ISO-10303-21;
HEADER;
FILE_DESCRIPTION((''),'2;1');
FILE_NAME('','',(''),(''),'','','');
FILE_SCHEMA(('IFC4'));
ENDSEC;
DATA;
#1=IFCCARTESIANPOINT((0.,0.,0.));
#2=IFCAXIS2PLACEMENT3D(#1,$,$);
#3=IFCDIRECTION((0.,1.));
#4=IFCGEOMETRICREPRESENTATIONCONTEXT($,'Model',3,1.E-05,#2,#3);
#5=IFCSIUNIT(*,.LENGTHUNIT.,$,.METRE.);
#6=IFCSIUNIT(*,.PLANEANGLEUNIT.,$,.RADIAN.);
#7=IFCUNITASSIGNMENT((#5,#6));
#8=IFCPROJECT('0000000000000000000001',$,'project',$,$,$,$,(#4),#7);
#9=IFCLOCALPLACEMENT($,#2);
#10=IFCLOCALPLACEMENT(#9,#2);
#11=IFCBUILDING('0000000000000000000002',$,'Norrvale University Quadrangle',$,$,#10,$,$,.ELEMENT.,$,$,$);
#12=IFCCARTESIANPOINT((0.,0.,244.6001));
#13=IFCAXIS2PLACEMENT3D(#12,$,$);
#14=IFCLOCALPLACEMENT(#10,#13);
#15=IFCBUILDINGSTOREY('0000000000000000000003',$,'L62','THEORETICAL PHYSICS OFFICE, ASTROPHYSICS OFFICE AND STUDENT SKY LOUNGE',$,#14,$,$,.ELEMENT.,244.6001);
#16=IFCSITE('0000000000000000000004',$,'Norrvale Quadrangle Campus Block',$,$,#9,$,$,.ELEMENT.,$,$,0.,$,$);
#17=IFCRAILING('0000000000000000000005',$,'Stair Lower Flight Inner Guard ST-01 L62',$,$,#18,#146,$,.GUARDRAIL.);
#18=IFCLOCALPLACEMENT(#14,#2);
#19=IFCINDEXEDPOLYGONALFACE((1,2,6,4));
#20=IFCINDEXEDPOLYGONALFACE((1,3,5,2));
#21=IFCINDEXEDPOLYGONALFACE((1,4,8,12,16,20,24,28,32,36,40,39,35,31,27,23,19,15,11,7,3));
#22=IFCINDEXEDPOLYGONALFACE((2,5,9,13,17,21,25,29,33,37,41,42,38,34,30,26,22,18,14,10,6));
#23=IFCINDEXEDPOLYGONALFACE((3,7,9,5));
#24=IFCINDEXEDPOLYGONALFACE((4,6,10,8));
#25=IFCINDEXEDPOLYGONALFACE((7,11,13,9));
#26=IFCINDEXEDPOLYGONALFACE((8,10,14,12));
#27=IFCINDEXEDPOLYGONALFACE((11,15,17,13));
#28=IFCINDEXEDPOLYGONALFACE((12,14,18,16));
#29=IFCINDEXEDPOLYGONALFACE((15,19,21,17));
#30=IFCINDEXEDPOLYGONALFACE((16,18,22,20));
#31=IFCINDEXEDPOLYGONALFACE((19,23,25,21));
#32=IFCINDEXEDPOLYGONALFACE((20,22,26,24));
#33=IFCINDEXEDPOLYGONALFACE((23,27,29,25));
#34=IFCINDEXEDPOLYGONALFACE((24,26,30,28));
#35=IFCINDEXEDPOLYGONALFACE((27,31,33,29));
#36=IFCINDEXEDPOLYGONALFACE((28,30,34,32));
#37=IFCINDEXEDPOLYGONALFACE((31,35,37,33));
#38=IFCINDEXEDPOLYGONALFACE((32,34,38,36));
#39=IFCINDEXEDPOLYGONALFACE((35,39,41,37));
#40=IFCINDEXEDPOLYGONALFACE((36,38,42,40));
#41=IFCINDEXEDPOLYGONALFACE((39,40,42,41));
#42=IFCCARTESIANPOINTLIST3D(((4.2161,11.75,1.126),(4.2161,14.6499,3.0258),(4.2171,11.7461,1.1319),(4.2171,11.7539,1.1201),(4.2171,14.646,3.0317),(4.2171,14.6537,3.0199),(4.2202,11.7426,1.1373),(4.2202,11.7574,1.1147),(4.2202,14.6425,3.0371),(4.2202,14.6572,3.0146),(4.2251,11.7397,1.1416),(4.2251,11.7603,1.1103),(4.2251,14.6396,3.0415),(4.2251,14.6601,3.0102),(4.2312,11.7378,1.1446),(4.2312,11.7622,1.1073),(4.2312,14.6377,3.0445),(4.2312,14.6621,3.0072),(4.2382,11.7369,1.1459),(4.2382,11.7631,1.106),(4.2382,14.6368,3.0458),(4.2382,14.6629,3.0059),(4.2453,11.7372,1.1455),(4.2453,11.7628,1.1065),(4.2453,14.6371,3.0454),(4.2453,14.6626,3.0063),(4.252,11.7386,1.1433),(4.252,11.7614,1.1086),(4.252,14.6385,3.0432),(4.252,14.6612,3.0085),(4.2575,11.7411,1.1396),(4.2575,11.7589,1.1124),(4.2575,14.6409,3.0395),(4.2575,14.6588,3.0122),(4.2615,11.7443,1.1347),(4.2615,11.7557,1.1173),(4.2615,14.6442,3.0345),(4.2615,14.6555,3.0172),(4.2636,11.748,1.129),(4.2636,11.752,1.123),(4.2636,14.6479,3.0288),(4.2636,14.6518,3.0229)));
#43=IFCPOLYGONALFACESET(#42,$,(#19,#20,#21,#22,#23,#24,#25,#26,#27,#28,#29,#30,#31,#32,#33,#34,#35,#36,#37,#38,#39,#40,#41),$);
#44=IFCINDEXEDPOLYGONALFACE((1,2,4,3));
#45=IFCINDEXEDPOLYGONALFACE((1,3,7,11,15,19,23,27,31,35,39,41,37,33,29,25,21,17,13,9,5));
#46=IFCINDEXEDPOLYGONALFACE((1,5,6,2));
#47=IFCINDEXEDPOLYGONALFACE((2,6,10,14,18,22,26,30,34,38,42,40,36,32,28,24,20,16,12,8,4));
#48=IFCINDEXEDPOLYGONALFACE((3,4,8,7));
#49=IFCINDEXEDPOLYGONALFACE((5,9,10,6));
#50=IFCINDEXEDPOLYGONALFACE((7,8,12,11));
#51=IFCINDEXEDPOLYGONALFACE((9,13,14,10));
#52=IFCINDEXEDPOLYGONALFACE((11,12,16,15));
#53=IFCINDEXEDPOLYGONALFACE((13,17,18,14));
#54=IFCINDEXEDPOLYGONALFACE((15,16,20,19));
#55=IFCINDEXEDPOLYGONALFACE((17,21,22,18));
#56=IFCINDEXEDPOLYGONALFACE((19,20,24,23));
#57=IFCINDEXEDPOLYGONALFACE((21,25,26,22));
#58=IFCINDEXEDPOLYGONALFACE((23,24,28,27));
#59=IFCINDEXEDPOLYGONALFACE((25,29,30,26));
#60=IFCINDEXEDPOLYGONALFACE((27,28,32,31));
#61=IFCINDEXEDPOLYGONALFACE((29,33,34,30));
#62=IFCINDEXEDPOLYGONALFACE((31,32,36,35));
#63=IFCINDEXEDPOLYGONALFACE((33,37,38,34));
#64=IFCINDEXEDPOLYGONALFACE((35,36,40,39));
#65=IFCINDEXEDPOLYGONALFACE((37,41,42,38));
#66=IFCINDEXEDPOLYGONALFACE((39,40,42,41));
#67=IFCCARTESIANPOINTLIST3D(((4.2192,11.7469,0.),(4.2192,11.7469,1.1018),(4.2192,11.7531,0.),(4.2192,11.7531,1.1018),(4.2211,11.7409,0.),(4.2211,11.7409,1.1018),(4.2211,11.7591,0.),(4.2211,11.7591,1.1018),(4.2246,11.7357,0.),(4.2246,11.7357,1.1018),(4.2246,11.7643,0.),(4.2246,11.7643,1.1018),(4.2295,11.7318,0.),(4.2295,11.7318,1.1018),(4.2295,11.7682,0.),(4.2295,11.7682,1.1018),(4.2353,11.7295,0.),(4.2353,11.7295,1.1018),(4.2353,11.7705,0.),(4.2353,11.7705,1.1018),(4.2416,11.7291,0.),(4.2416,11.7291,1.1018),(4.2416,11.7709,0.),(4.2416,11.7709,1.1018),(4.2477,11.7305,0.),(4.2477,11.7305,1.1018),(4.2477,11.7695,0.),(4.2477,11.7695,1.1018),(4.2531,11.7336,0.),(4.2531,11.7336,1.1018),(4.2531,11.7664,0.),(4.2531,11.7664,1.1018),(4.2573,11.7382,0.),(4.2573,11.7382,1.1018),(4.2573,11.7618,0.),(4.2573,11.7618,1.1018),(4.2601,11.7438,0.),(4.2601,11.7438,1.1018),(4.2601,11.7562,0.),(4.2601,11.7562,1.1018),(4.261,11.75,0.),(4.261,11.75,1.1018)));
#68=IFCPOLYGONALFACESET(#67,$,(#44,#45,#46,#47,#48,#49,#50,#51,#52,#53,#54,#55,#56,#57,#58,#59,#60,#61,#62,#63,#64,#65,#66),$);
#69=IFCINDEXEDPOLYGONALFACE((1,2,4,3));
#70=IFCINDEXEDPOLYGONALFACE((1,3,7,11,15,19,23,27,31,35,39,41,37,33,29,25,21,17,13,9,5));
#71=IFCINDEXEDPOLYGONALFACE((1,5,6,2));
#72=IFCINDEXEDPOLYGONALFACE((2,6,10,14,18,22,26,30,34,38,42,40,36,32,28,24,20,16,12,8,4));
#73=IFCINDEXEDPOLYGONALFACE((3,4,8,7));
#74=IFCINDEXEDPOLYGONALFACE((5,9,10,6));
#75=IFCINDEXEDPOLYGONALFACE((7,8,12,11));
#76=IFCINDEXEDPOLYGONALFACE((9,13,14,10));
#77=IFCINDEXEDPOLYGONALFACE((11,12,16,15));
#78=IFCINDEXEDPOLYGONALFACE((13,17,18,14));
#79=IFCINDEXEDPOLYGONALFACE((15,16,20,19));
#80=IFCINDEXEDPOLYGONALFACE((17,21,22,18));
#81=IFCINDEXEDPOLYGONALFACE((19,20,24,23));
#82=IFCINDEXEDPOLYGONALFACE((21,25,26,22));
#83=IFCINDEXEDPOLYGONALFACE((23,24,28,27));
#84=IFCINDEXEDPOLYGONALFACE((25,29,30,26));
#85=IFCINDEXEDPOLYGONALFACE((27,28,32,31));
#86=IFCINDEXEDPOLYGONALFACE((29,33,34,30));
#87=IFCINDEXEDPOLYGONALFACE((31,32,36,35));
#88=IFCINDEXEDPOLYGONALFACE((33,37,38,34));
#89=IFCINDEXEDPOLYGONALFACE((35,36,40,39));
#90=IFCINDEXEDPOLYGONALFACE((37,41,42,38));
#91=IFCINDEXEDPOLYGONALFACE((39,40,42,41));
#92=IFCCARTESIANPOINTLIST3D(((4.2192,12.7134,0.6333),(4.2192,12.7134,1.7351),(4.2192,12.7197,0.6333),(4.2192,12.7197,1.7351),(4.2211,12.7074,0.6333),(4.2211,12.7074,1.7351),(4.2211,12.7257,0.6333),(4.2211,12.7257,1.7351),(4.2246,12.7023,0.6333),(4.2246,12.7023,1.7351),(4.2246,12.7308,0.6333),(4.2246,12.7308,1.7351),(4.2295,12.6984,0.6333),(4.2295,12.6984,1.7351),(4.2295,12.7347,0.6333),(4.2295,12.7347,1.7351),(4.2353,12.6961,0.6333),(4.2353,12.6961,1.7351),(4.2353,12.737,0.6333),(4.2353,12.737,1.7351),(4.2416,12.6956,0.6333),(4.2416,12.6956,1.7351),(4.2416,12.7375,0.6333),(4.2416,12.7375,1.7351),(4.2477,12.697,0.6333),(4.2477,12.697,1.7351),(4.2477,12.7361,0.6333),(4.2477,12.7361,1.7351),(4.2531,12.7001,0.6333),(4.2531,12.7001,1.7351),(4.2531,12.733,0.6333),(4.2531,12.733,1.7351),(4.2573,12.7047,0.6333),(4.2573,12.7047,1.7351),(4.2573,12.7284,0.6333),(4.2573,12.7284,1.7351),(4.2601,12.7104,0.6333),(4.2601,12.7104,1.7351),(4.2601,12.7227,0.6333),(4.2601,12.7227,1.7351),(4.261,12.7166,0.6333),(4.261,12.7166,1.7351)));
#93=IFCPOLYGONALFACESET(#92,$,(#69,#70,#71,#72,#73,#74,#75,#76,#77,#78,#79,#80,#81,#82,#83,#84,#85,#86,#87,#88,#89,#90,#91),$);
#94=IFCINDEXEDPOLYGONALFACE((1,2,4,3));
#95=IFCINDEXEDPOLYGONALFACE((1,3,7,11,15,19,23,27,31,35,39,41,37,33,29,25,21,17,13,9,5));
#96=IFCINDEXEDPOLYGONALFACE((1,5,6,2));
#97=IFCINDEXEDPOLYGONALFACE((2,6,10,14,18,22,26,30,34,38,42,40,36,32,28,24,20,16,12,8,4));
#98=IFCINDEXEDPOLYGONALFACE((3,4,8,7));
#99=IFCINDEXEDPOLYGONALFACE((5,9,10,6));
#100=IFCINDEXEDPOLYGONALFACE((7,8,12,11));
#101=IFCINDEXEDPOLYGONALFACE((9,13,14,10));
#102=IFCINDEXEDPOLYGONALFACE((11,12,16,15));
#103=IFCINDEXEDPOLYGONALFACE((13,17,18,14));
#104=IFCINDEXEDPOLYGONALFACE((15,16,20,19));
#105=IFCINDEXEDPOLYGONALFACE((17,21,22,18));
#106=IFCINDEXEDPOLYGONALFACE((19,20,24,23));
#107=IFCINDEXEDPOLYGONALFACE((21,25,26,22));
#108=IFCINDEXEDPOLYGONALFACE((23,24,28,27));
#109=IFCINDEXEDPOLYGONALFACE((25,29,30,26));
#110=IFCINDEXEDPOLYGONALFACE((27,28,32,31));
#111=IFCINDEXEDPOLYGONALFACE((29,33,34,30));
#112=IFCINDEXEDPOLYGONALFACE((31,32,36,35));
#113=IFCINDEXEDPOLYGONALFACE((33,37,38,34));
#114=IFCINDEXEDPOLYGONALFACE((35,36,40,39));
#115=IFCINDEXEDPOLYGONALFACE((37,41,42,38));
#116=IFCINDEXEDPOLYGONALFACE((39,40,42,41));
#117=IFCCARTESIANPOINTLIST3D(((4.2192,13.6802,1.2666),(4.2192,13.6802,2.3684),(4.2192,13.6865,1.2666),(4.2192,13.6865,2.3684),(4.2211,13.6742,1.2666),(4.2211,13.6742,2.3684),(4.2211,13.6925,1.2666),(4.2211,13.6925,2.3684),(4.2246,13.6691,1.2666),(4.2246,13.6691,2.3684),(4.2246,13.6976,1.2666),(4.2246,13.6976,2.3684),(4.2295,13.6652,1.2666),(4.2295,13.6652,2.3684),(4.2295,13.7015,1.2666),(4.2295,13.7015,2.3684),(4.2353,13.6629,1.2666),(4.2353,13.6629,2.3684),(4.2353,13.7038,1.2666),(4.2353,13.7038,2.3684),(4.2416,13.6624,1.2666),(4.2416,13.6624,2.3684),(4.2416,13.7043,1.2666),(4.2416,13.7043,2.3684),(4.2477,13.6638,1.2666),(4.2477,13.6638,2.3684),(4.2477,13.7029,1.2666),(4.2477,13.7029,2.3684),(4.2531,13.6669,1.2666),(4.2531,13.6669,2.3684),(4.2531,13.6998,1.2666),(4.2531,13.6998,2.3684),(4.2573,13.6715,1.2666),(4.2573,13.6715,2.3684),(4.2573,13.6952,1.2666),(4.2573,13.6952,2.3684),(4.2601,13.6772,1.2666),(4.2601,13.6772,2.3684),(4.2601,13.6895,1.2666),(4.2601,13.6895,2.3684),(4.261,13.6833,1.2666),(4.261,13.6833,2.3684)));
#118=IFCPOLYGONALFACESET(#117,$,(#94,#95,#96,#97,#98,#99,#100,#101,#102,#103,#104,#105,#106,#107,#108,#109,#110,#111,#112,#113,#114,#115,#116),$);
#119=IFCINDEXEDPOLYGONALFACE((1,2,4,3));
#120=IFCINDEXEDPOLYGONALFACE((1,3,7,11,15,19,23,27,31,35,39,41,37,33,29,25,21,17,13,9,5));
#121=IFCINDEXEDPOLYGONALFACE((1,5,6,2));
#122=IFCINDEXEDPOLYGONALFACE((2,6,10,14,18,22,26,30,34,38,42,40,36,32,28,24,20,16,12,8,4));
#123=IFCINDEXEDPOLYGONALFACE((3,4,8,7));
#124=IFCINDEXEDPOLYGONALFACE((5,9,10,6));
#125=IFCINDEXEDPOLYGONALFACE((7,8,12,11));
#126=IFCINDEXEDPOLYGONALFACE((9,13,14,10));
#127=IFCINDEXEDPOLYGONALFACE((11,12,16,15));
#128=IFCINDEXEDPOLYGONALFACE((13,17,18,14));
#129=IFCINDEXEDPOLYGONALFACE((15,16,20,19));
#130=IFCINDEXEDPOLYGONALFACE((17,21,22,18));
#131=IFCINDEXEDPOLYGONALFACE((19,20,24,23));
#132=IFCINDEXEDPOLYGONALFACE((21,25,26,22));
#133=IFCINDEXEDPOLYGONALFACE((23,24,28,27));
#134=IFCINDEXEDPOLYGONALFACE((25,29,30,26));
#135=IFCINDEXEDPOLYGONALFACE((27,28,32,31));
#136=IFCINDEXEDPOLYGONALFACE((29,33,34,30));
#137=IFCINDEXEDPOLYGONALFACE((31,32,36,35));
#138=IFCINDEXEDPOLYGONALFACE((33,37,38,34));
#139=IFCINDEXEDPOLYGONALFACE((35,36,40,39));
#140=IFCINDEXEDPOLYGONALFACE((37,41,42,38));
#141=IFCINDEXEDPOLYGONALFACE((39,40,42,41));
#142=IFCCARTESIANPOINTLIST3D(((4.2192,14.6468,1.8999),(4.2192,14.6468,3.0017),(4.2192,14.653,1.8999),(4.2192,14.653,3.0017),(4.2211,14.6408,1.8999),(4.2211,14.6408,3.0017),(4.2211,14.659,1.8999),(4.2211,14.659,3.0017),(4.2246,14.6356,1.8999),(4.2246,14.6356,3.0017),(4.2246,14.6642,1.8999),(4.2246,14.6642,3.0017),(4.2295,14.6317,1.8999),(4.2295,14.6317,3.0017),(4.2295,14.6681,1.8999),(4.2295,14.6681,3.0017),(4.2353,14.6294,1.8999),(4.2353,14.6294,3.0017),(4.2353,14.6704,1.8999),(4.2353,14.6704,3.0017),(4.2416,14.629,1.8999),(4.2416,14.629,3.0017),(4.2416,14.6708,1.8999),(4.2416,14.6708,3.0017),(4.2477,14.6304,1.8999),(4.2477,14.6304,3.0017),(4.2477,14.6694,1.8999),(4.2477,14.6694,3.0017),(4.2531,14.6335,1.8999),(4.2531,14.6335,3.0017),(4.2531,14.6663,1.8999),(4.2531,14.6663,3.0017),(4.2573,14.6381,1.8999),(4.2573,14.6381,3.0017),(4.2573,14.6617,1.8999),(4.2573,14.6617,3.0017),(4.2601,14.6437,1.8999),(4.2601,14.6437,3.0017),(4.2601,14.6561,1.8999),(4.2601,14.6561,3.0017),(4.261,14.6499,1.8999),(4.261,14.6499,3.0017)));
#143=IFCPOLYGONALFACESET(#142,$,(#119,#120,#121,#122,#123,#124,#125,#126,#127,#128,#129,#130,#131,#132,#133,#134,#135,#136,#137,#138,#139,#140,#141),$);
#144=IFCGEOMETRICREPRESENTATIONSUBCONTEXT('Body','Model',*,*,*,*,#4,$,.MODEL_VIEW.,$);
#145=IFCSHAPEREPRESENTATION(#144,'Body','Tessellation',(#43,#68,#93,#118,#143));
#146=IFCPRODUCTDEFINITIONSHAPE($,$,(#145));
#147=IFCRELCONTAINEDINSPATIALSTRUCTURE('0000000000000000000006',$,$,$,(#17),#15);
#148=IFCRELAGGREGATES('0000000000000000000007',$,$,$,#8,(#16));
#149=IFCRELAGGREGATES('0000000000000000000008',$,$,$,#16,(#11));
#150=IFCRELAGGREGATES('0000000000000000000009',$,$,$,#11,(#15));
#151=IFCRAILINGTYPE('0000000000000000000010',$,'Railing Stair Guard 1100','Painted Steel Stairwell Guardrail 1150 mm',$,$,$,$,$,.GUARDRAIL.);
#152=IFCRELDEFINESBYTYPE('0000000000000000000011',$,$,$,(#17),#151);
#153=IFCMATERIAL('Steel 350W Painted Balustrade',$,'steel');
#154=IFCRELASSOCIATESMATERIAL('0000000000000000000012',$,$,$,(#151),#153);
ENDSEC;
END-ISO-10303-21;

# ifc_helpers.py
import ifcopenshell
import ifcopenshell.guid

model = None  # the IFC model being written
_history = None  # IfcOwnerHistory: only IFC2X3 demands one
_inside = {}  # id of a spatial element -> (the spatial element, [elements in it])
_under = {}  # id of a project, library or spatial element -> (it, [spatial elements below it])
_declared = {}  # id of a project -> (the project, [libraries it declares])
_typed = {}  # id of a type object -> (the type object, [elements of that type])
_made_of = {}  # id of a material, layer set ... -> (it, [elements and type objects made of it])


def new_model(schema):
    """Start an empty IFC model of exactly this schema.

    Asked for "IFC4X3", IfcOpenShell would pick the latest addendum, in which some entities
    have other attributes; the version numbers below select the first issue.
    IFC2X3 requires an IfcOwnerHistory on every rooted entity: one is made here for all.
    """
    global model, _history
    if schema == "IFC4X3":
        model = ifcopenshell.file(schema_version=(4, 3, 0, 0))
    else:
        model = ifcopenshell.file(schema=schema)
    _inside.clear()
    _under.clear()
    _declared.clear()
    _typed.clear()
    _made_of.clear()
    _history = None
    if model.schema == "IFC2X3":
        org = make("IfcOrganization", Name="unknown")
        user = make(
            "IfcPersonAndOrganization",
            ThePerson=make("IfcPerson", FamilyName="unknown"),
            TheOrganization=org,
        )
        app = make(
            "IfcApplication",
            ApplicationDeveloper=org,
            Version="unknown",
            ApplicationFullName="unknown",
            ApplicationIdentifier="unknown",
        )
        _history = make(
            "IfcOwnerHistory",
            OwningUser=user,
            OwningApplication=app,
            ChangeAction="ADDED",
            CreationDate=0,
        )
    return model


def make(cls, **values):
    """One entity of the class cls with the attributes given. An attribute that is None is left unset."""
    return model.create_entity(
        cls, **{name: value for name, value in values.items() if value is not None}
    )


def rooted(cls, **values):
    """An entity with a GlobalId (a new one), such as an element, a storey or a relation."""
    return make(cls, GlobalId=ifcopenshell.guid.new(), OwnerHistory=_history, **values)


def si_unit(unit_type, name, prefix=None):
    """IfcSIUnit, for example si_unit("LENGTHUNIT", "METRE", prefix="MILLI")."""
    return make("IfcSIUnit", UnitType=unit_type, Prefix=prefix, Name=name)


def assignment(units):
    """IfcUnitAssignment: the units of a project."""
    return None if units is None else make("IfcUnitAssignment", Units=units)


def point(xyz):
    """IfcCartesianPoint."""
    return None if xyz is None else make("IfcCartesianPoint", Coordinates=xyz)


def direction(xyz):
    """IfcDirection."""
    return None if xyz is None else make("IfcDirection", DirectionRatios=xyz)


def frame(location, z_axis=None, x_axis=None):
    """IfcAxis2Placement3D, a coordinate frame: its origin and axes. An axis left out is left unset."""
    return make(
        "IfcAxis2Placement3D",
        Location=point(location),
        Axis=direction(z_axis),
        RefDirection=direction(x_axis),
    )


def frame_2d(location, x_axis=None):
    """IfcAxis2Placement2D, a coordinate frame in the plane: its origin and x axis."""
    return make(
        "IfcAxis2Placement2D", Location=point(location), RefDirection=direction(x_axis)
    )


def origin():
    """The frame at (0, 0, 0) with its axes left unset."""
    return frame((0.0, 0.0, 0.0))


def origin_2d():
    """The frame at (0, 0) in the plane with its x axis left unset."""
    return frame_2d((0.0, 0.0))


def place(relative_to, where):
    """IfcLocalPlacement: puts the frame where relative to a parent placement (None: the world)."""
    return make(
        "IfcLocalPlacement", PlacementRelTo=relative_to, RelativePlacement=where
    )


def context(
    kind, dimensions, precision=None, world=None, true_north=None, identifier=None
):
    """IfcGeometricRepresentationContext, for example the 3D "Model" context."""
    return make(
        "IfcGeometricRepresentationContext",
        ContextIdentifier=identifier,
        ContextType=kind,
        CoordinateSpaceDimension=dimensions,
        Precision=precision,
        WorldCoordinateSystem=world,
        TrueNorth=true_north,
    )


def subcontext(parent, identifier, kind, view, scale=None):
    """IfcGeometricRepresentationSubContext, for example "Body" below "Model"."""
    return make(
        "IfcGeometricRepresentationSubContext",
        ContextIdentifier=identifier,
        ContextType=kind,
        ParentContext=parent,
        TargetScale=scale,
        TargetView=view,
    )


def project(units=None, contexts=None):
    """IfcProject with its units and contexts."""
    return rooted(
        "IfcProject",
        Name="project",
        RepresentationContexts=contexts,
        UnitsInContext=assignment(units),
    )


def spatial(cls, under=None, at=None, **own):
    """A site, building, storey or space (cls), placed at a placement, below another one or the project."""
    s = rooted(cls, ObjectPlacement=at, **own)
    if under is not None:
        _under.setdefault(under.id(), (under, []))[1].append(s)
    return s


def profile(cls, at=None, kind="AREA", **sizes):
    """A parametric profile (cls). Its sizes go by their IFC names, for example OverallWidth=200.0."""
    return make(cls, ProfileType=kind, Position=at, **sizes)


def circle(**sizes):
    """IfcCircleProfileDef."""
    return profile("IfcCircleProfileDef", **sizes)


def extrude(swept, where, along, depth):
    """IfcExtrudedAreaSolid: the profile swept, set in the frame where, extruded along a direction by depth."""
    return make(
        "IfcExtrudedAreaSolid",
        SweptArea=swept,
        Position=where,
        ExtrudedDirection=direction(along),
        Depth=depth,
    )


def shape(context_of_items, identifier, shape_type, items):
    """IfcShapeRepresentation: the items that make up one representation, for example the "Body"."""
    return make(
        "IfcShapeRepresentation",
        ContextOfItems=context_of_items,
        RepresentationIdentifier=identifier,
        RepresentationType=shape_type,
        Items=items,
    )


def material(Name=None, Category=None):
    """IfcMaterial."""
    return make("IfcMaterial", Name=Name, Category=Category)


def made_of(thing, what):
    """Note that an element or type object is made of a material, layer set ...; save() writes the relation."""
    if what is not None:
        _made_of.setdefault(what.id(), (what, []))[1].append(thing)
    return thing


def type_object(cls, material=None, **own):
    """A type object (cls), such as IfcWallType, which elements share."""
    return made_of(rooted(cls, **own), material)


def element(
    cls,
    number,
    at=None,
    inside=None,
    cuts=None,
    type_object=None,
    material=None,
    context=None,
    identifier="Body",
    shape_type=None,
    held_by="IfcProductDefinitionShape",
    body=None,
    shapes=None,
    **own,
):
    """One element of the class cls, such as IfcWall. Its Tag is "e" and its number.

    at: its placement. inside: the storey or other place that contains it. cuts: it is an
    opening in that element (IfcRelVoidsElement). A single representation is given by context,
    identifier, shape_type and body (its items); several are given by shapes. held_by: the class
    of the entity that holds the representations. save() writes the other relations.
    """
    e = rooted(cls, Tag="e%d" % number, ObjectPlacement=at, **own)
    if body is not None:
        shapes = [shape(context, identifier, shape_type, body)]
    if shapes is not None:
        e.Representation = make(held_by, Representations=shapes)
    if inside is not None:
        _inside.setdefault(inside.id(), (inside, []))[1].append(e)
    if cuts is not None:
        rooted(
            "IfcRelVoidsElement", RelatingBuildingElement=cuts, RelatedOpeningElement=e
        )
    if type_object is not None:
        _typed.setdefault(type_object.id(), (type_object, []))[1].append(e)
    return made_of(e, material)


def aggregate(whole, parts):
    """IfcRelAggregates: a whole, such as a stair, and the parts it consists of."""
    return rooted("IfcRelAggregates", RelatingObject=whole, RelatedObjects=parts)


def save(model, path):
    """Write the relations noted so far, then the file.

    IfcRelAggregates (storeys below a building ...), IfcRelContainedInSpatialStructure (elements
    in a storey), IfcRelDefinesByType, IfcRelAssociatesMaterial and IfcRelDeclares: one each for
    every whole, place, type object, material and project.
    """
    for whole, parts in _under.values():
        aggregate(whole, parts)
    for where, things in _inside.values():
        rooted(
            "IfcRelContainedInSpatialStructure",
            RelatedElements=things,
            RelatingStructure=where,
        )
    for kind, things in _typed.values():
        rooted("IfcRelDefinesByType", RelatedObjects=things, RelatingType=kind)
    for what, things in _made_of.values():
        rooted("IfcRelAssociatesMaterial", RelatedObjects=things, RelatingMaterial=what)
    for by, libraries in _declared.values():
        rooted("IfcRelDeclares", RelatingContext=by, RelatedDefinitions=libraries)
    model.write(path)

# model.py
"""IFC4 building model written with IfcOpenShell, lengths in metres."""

from ifc_helpers import new_model, si_unit, direction, frame, origin, origin_2d, place, context, subcontext, project, spatial, circle, extrude, material, type_object, element, save


model = new_model("IFC4")

# Units and contexts
model_context = context("Model", 3, precision=1e-05, world=origin(), true_north=direction((0.0, 1.0)))
body_context = subcontext(model_context, "Body", "Model", "MODEL_VIEW")
ifc_project = project(units=[si_unit("LENGTHUNIT", "METRE"), si_unit("PLANEANGLEUNIT", "RADIAN")], contexts=[model_context])

# Site, building, storey
site_placement = place(None, origin())
site = spatial("IfcSite", under=ifc_project, at=site_placement, Name="Norrvale Quadrangle Campus Block", CompositionType="ELEMENT", RefElevation=0.0)
building_placement = place(site_placement, origin())
building = spatial("IfcBuilding", under=site, at=building_placement, Name="Norrvale University Quadrangle", CompositionType="ELEMENT")
storey_placement = place(building_placement, frame((0.0, 0.0, 244.6001)))
storey = spatial("IfcBuildingStorey", under=building, at=storey_placement, Name="L62", Description="THEORETICAL PHYSICS OFFICE, ASTROPHYSICS OFFICE AND STUDENT SKY LOUNGE", CompositionType="ELEMENT", Elevation=244.6001)

# Railing
ifc_material_1 = material(Name="Steel 350W Painted Balustrade", Category="steel")
railing_type_1 = type_object("IfcRailingType", Name="Railing Stair Guard 1100", Description="Painted Steel Stairwell Guardrail 1150 mm", PredefinedType="GUARDRAIL", material=ifc_material_1)
railing_1_placement = place(storey_placement, frame((4.24, 11.75, 0.0)))
element("IfcRailing", 1, at=railing_1_placement, inside=storey, type_object=railing_type_1, Name="Stair Lower Flight Inner Guard ST-01 L62", PredefinedType="GUARDRAIL", context=body_context, shape_type="SweptSolid", body=[
    extrude(circle(Radius=0.0239, at=origin_2d()), frame((0.0, 0.0, 1.126), z_axis=(0.0, 0.836466, 0.548019), x_axis=(-1.0, 0.0, 0.0)), (0.0, 0.0, 1.0), 3.4668),
    extrude(circle(Radius=0.021, at=origin_2d()), origin(), (0.0, 0.0, 1.0), 1.1018),
    extrude(circle(Radius=0.021, at=origin_2d()), frame((0.0, 0.9666, 0.6333)), (0.0, 0.0, 1.0), 1.1018),
    extrude(circle(Radius=0.021, at=origin_2d()), frame((0.0, 1.9333, 1.2666)), (0.0, 0.0, 1.0), 1.1018),
    extrude(circle(Radius=0.021, at=origin_2d()), frame((0.0, 2.8999, 1.8999)), (0.0, 0.0, 1.0), 1.1018),
])

save(model, "model.ifc")
